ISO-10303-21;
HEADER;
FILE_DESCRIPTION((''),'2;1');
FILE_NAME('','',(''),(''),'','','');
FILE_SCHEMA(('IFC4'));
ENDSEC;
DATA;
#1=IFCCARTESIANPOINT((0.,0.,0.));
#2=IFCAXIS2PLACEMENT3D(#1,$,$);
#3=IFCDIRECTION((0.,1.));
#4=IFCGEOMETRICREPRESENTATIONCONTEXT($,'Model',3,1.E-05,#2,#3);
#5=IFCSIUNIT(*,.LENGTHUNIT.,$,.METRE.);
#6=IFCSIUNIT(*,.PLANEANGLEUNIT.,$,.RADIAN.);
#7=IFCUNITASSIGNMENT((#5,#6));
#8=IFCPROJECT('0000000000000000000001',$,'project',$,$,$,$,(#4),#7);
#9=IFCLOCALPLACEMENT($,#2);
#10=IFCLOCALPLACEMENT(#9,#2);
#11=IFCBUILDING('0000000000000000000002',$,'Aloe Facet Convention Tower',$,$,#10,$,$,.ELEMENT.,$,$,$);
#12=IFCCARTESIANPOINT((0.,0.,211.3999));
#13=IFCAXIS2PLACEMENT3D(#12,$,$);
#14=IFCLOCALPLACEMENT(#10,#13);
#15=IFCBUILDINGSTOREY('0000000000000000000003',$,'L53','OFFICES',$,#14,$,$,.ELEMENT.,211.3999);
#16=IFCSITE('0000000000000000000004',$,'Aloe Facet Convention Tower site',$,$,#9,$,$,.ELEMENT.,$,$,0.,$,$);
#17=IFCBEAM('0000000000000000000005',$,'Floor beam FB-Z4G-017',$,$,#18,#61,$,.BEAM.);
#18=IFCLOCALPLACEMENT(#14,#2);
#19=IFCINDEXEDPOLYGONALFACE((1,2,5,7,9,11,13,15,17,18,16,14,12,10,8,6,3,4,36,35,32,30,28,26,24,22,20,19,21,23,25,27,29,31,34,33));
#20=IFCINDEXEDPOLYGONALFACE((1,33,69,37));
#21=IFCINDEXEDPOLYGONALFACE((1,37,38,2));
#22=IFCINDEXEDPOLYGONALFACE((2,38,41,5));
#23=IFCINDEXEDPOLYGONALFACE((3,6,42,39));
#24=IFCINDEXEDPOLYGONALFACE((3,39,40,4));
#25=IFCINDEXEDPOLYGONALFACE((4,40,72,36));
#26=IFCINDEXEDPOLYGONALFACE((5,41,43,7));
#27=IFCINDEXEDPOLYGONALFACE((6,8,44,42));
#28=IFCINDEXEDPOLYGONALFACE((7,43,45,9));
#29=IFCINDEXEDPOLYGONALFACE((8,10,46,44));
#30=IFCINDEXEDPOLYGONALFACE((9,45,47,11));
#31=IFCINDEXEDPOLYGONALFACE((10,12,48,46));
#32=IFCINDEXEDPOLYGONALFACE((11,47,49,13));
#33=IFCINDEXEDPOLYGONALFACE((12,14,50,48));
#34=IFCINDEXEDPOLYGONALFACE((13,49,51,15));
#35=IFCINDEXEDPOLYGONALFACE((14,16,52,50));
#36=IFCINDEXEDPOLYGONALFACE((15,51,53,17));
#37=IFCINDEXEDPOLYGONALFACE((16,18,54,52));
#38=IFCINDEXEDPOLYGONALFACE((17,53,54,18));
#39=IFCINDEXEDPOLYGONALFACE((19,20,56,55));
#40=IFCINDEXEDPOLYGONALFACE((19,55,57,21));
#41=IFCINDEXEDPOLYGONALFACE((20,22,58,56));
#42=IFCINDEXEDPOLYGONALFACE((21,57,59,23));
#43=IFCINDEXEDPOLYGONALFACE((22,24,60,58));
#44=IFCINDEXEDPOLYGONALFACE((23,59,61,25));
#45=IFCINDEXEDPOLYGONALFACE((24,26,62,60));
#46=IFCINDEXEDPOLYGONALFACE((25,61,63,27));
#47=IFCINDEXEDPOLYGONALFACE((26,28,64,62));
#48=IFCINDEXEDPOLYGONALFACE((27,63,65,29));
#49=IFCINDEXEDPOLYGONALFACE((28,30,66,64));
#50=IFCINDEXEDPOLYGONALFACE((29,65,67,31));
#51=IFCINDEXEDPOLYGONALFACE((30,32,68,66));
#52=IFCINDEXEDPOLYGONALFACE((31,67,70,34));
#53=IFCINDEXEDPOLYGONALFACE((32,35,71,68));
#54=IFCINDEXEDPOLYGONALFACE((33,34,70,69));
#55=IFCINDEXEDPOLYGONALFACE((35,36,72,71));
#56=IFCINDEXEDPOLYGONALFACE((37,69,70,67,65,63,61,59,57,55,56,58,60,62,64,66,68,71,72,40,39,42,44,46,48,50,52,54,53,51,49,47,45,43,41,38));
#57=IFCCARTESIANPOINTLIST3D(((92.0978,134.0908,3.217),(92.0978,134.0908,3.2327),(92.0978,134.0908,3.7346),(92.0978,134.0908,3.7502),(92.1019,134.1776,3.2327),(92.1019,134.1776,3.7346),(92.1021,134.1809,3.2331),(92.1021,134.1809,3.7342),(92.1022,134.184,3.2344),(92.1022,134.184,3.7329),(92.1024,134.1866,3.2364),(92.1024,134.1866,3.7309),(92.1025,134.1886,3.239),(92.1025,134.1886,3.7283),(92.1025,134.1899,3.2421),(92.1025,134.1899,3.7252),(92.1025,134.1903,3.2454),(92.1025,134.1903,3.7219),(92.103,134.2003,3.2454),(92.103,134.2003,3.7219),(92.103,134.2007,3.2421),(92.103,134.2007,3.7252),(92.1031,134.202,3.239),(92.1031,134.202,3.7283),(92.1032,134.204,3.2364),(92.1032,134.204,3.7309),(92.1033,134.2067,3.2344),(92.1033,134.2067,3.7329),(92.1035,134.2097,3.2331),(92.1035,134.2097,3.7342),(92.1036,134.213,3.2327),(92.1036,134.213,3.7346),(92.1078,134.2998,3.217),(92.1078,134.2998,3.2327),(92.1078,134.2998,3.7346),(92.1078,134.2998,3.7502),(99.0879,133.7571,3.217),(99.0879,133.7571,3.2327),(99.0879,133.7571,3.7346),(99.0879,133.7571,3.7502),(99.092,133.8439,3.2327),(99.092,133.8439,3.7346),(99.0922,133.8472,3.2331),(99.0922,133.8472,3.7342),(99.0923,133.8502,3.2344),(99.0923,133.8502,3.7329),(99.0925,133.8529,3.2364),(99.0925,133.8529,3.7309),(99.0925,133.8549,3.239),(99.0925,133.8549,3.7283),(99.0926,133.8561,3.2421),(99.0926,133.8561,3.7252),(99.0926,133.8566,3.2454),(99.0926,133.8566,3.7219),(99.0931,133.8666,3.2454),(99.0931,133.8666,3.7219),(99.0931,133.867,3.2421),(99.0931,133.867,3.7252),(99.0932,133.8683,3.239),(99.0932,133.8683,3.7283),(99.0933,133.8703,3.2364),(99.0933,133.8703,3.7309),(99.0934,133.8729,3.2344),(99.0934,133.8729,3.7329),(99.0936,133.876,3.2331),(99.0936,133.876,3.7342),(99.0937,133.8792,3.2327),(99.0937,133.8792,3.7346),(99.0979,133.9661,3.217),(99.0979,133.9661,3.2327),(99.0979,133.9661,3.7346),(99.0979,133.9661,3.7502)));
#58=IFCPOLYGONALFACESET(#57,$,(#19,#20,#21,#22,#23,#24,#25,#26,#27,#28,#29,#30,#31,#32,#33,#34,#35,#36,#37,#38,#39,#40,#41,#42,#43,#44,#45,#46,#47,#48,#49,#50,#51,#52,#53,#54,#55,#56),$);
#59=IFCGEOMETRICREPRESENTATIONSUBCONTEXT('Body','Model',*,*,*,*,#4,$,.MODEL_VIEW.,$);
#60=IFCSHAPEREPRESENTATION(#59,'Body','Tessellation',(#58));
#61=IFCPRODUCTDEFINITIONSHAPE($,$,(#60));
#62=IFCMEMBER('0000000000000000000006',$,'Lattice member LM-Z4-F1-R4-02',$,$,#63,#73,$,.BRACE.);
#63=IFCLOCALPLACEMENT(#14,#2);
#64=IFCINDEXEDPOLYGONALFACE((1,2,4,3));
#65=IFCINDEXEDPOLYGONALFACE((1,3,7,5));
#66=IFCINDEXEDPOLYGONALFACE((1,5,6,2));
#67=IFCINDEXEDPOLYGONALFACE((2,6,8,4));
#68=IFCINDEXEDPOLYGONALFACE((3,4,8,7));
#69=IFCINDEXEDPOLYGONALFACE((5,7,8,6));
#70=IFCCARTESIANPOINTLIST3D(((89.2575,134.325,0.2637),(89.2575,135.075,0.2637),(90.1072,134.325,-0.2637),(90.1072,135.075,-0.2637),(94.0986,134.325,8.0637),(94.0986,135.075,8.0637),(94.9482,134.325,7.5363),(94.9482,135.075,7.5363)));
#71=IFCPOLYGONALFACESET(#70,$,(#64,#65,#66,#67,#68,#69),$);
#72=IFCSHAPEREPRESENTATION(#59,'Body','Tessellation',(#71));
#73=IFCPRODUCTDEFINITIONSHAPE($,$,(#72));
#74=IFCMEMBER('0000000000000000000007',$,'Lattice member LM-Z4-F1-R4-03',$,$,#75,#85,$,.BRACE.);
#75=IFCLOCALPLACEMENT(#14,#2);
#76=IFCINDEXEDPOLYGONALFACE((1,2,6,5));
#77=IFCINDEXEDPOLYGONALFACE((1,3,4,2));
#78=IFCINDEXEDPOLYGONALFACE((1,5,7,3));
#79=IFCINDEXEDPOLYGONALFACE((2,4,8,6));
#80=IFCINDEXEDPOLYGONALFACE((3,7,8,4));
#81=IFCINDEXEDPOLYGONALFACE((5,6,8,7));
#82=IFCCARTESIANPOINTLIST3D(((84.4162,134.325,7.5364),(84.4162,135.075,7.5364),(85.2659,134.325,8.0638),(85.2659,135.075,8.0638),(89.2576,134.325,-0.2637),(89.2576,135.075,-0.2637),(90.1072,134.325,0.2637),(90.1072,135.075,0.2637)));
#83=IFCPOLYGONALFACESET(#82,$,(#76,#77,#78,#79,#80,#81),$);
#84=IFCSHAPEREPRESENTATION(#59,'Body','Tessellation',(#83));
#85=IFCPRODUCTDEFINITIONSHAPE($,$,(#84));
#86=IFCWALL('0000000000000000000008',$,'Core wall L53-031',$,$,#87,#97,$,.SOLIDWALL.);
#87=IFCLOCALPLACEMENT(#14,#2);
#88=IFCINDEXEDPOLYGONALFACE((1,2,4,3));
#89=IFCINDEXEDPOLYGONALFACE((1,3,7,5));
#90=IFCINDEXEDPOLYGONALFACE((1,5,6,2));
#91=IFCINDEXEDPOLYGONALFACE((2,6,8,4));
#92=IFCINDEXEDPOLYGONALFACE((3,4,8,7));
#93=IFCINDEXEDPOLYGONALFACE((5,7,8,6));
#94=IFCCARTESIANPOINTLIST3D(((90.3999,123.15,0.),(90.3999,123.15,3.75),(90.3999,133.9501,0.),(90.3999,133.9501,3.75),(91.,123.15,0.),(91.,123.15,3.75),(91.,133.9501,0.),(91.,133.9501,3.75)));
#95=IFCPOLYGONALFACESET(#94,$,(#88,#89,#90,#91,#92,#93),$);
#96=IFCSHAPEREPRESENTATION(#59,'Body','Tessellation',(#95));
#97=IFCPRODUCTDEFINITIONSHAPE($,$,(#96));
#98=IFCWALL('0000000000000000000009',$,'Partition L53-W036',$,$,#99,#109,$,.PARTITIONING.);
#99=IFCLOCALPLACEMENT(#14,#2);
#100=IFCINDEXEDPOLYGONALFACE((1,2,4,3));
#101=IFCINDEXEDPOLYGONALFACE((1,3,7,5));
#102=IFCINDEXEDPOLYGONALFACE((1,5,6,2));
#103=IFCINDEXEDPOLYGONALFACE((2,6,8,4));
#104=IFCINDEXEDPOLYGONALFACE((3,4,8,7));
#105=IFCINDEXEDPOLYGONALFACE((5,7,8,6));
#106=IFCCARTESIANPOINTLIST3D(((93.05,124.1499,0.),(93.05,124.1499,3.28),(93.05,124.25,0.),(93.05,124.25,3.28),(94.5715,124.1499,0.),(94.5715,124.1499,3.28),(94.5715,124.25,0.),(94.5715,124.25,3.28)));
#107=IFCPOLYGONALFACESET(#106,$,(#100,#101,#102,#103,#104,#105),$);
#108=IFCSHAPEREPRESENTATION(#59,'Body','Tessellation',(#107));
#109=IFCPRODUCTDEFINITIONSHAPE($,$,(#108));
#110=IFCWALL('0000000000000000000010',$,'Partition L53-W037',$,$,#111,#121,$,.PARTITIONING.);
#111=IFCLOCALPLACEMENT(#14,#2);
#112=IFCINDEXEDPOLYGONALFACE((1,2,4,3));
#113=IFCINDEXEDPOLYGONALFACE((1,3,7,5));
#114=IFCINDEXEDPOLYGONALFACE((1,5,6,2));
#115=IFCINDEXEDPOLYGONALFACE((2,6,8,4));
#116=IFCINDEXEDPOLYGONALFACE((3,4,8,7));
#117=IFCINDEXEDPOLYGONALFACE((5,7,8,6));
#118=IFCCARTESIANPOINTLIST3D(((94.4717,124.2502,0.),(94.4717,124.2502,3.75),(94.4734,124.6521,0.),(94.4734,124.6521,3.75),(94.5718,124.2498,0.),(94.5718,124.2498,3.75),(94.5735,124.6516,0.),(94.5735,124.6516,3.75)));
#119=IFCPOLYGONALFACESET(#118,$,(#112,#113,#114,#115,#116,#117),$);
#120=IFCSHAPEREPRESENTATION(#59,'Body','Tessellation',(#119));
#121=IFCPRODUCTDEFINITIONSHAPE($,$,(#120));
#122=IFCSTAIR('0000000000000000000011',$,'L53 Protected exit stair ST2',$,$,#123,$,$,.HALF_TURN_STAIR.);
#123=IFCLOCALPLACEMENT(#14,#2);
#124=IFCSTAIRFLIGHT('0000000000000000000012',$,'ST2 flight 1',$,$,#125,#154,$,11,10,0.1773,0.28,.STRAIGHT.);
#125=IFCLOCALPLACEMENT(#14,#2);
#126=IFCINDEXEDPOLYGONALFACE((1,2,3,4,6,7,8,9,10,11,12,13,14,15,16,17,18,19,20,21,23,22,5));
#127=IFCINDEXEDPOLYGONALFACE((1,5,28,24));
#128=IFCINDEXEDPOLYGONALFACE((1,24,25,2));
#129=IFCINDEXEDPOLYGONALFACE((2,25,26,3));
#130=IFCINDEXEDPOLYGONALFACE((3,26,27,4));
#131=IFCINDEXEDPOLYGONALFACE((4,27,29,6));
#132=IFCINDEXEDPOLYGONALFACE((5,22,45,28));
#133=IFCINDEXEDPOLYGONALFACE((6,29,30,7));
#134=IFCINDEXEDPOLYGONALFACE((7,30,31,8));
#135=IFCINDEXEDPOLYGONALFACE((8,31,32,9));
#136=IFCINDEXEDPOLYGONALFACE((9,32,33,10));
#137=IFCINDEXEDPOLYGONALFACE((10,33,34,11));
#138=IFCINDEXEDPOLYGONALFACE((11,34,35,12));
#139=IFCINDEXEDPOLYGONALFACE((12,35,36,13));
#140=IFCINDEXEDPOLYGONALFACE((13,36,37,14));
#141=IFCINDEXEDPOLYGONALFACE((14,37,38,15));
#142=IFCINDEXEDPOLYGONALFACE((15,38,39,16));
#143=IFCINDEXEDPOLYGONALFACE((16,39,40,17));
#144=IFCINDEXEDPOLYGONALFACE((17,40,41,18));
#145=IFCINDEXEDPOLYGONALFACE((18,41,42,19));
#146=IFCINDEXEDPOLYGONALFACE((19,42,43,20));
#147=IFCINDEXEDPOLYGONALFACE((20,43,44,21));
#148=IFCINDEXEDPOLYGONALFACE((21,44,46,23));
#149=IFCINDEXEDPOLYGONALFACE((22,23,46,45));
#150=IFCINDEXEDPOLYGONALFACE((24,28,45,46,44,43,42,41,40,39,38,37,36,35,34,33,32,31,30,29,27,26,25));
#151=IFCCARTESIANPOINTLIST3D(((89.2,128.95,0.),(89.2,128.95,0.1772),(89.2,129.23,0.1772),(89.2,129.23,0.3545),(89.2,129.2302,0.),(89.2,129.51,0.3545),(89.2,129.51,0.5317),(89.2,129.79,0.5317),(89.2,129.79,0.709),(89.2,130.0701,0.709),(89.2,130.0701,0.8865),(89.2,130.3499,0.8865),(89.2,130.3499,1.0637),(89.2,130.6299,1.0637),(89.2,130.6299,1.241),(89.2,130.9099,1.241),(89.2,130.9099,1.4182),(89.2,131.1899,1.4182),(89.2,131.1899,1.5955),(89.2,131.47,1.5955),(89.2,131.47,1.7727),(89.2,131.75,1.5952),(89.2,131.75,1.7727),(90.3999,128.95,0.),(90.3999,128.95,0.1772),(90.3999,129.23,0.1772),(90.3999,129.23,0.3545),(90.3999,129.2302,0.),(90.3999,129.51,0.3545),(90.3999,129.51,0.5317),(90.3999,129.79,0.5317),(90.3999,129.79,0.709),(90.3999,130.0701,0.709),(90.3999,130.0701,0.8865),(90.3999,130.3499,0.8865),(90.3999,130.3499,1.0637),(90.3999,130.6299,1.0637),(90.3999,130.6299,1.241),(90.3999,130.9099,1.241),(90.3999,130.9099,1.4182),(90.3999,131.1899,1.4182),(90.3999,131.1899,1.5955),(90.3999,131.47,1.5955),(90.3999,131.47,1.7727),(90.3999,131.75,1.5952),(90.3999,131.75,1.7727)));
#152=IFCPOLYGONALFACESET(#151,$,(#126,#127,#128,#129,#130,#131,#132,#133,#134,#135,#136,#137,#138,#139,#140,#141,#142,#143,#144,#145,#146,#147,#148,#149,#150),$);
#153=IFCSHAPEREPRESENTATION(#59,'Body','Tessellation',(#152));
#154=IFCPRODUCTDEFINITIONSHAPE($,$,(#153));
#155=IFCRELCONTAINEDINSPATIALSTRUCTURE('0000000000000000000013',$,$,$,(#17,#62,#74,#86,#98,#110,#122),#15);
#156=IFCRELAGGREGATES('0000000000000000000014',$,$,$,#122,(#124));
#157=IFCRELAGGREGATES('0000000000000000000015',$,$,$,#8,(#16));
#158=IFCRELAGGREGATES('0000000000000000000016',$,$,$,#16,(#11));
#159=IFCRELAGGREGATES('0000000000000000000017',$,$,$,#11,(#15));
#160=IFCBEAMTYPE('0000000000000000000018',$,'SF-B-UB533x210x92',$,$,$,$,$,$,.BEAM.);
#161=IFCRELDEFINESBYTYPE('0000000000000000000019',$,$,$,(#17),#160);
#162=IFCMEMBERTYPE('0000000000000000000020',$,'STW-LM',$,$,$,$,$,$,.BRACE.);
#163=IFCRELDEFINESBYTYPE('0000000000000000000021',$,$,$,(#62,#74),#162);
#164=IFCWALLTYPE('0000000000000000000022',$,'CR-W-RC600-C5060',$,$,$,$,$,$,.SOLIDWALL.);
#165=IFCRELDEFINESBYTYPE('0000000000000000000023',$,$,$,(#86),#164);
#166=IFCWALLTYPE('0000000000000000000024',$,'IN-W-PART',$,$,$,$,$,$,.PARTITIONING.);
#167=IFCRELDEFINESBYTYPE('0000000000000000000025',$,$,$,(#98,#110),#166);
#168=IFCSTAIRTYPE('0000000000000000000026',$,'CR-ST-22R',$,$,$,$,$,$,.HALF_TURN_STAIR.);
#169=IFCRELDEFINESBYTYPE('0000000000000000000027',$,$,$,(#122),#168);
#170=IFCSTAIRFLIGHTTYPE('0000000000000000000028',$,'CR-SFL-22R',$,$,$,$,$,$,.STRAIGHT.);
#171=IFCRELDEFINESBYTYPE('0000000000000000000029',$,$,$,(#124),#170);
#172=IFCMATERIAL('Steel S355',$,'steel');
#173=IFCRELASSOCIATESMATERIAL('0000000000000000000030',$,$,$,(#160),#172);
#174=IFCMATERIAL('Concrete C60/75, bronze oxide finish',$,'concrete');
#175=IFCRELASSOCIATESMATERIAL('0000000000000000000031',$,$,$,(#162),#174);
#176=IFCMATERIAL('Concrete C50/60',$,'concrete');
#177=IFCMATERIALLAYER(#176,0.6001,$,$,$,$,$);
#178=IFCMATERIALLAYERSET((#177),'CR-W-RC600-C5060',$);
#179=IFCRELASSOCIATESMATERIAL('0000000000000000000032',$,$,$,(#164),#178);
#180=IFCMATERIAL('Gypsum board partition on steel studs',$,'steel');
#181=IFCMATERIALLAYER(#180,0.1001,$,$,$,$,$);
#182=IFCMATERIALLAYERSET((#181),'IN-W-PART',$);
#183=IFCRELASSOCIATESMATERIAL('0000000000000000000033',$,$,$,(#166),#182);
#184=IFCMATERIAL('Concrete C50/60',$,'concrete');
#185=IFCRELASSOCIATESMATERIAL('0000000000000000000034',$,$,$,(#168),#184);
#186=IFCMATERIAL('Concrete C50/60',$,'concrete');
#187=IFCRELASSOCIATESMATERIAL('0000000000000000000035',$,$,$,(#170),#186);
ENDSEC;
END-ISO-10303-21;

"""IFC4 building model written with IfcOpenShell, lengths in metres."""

from ifc_helpers import new_model, si_unit, direction, frame, frame_2d, origin, origin_2d, place, context, subcontext, project, spatial, polyline, rectangle, i_section, outline, extrude, material, layer, layer_set, material_profile, profile_set, type_object, element, aggregate, save


model = new_model("IFC4")

# Units and contexts
model_context = context("Model", 3, precision=1e-05, world=origin(), true_north=direction((0.0, 1.0)))
body_context = subcontext(model_context, "Body", "Model", "MODEL_VIEW")
ifc_project = project(units=[si_unit("LENGTHUNIT", "METRE"), si_unit("PLANEANGLEUNIT", "RADIAN")], contexts=[model_context])

# Site, building, storey
site_placement = place(None, origin())
site = spatial("IfcSite", under=ifc_project, at=site_placement, Name="Aloe Facet Convention Tower site", CompositionType="ELEMENT", RefElevation=0.0)
building_placement = place(site_placement, origin())
building = spatial("IfcBuilding", under=site, at=building_placement, Name="Aloe Facet Convention Tower", CompositionType="ELEMENT")
storey_placement = place(building_placement, frame((0.0, 0.0, 211.3999)))
storey = spatial("IfcBuildingStorey", under=building, at=storey_placement, Name="L53", Description="OFFICES", CompositionType="ELEMENT", Elevation=211.3999)

# Beam
ifc_material_1 = material(Name="Steel S355", Category="steel")
ifc_material_profile_1 = material_profile(ifc_material_1, i_section(OverallWidth=0.2092, OverallDepth=0.5332, WebThickness=0.01, FlangeThickness=0.0156, FilletRadius=0.0127, at=origin_2d()), Name="UB 533x210x92")
ifc_profile_set_1 = profile_set([ifc_material_profile_1], Name="Steel S355")
beam_type_1 = type_object("IfcBeamType", Name="SF-B-UB533x210x92", PredefinedType="BEAM", material=ifc_profile_set_1)
beam_1_placement = place(storey_placement, frame((92.1028, 134.1953, 3.4836), z_axis=(0.998862, -0.047691, 0.0), x_axis=(0.047691, 0.998862, 0.0)))
element("IfcBeam", 1, at=beam_1_placement, inside=storey, type_object=beam_type_1, Name="Floor beam FB-Z4G-017", PredefinedType="BEAM", context=body_context, shape_type="SweptSolid", body=[
    extrude(i_section(OverallWidth=0.2092, OverallDepth=0.5332, WebThickness=0.01, FlangeThickness=0.0156, FilletRadius=0.0127, at=origin_2d()), origin(), (0.0, 0.0, 1.0), 6.998),
])

# Members
ifc_material_2 = material(Name="Concrete C60/75, bronze oxide finish", Category="concrete")
ifc_material_profile_2 = material_profile(ifc_material_2, rectangle(XDim=0.75, YDim=1.0, at=origin_2d()), Name="STW-LM")
ifc_profile_set_2 = profile_set([ifc_material_profile_2], Name="Concrete C60/75, bronze oxide finish")
member_type = type_object("IfcMemberType", Name="STW-LM", PredefinedType="BRACE", material=ifc_profile_set_2)
member_1_placement = place(storey_placement, frame((89.6824, 134.7, 0.0), z_axis=(0.527336, 0.0, 0.849657), x_axis=(0.0, 1.0, 0.0)))
element("IfcMember", 2, at=member_1_placement, inside=storey, type_object=member_type, Name="Lattice member LM-Z4-F1-R4-02", PredefinedType="BRACE", context=body_context, shape_type="SweptSolid", body=[
    extrude(rectangle(XDim=0.75, YDim=1.0, at=origin_2d()), origin(), (0.0, 0.0, 1.0), 9.1802),
])
member_2_placement = place(storey_placement, frame((89.6824, 134.7, 0.0), z_axis=(-0.527355, 0.0, 0.849645), x_axis=(0.0, -1.0, 0.0)))
element("IfcMember", 3, at=member_2_placement, inside=storey, type_object=member_type, Name="Lattice member LM-Z4-F1-R4-03", PredefinedType="BRACE", context=body_context, shape_type="SweptSolid", body=[
    extrude(rectangle(XDim=0.75, YDim=1.0, at=origin_2d()), origin(), (0.0, 0.0, 1.0), 9.1804),
])

# Walls
ifc_material_3 = material(Name="Concrete C50/60", Category="concrete")
ifc_layer_1 = layer(ifc_material_3, 0.6001)
ifc_layer_set_1 = layer_set([ifc_layer_1], Name="CR-W-RC600-C5060")
wall_type_1 = type_object("IfcWallType", Name="CR-W-RC600-C5060", PredefinedType="SOLIDWALL", material=ifc_layer_set_1)
wall_1_placement = place(storey_placement, frame((90.7, 133.95, 0.0), z_axis=(0.0, 0.0, 1.0), x_axis=(0.0, -1.0, 0.0)))
element("IfcWall", 4, at=wall_1_placement, inside=storey, type_object=wall_type_1, Name="Core wall L53-031", PredefinedType="SOLIDWALL", context=body_context, shape_type="SweptSolid", body=[
    extrude(rectangle(XDim=10.8, YDim=0.6001, at=frame_2d((5.3999, 0.0))), origin(), (0.0, 0.0, 1.0), 3.75),
])
ifc_material_4 = material(Name="Gypsum board partition on steel studs", Category="steel")
ifc_layer_2 = layer(ifc_material_4, 0.1001)
ifc_layer_set_2 = layer_set([ifc_layer_2], Name="IN-W-PART")
wall_type_2 = type_object("IfcWallType", Name="IN-W-PART", PredefinedType="PARTITIONING", material=ifc_layer_set_2)
wall_2_placement = place(storey_placement, frame((93.05, 124.2, 0.0), z_axis=(0.0, 0.0, 1.0), x_axis=(1.0, 0.0, 0.0)))
element("IfcWall", 5, at=wall_2_placement, inside=storey, type_object=wall_type_2, Name="Partition L53-W036", PredefinedType="PARTITIONING", context=body_context, shape_type="SweptSolid", body=[
    extrude(rectangle(XDim=1.5215, YDim=0.1001, at=frame_2d((0.7607, 0.0))), origin(), (0.0, 0.0, 1.0), 3.28),
])
wall_3_placement = place(storey_placement, frame((94.5217, 124.25, 0.0), z_axis=(0.0, 0.0, 1.0), x_axis=(0.004253, 0.999991, 0.0)))
element("IfcWall", 6, at=wall_3_placement, inside=storey, type_object=wall_type_2, Name="Partition L53-W037", PredefinedType="PARTITIONING", context=body_context, shape_type="SweptSolid", body=[
    extrude(rectangle(XDim=0.4019, YDim=0.1001, at=frame_2d((0.2009, 0.0))), origin(), (0.0, 0.0, 1.0), 3.75),
])

# Stair, stair flight
ifc_material_5 = material(Name="Concrete C50/60", Category="concrete")
stair_type = type_object("IfcStairType", Name="CR-ST-22R", PredefinedType="HALF_TURN_STAIR", material=ifc_material_5)
stair_placement = place(storey_placement, origin())
stair = element("IfcStair", 7, at=stair_placement, inside=storey, type_object=stair_type, Name="L53 Protected exit stair ST2", PredefinedType="HALF_TURN_STAIR")
ifc_material_6 = material(Name="Concrete C50/60", Category="concrete")
stair_flight_type = type_object("IfcStairFlightType", Name="CR-SFL-22R", PredefinedType="STRAIGHT", material=ifc_material_6)
stair_flight_placement = place(storey_placement, frame((89.8, 128.95, 0.0), z_axis=(0.0, 0.0, 1.0), x_axis=(0.0, 1.0, 0.0)))
stair_flight = element("IfcStairFlight", 8, at=stair_flight_placement, type_object=stair_flight_type, Name="ST2 flight 1", NumberOfRisers=11, NumberOfTreads=10, PredefinedType="STRAIGHT", RiserHeight=0.1773, TreadLength=0.28, context=body_context, shape_type="SweptSolid", body=[
    extrude(outline(polyline([(0.0, 0.0), (0.0, 0.1772), (0.28, 0.1772), (0.28, 0.3545), (0.5601, 0.3545), (0.5601, 0.5317), (0.8401, 0.5317), (0.8401, 0.709), (1.1201, 0.709), (1.1201, 0.8865), (1.3999, 0.8865), (1.3999, 1.0637), (1.6799, 1.0637), (1.6799, 1.241), (1.96, 1.241), (1.96, 1.4182), (2.24, 1.4182), (2.24, 1.5955), (2.52, 1.5955), (2.52, 1.7727), (2.8, 1.7727), (2.8, 1.95), (2.8, 1.5952), (0.2803, 0.0), (0.0, 0.0)])), frame((0.0, 0.6001, 0.0), z_axis=(0.0, -1.0, 0.0), x_axis=(1.0, 0.0, 0.0)), (0.0, 0.0, 1.0), 1.2),
])
aggregate(stair, [stair_flight])

save(model, "model.ifc")
